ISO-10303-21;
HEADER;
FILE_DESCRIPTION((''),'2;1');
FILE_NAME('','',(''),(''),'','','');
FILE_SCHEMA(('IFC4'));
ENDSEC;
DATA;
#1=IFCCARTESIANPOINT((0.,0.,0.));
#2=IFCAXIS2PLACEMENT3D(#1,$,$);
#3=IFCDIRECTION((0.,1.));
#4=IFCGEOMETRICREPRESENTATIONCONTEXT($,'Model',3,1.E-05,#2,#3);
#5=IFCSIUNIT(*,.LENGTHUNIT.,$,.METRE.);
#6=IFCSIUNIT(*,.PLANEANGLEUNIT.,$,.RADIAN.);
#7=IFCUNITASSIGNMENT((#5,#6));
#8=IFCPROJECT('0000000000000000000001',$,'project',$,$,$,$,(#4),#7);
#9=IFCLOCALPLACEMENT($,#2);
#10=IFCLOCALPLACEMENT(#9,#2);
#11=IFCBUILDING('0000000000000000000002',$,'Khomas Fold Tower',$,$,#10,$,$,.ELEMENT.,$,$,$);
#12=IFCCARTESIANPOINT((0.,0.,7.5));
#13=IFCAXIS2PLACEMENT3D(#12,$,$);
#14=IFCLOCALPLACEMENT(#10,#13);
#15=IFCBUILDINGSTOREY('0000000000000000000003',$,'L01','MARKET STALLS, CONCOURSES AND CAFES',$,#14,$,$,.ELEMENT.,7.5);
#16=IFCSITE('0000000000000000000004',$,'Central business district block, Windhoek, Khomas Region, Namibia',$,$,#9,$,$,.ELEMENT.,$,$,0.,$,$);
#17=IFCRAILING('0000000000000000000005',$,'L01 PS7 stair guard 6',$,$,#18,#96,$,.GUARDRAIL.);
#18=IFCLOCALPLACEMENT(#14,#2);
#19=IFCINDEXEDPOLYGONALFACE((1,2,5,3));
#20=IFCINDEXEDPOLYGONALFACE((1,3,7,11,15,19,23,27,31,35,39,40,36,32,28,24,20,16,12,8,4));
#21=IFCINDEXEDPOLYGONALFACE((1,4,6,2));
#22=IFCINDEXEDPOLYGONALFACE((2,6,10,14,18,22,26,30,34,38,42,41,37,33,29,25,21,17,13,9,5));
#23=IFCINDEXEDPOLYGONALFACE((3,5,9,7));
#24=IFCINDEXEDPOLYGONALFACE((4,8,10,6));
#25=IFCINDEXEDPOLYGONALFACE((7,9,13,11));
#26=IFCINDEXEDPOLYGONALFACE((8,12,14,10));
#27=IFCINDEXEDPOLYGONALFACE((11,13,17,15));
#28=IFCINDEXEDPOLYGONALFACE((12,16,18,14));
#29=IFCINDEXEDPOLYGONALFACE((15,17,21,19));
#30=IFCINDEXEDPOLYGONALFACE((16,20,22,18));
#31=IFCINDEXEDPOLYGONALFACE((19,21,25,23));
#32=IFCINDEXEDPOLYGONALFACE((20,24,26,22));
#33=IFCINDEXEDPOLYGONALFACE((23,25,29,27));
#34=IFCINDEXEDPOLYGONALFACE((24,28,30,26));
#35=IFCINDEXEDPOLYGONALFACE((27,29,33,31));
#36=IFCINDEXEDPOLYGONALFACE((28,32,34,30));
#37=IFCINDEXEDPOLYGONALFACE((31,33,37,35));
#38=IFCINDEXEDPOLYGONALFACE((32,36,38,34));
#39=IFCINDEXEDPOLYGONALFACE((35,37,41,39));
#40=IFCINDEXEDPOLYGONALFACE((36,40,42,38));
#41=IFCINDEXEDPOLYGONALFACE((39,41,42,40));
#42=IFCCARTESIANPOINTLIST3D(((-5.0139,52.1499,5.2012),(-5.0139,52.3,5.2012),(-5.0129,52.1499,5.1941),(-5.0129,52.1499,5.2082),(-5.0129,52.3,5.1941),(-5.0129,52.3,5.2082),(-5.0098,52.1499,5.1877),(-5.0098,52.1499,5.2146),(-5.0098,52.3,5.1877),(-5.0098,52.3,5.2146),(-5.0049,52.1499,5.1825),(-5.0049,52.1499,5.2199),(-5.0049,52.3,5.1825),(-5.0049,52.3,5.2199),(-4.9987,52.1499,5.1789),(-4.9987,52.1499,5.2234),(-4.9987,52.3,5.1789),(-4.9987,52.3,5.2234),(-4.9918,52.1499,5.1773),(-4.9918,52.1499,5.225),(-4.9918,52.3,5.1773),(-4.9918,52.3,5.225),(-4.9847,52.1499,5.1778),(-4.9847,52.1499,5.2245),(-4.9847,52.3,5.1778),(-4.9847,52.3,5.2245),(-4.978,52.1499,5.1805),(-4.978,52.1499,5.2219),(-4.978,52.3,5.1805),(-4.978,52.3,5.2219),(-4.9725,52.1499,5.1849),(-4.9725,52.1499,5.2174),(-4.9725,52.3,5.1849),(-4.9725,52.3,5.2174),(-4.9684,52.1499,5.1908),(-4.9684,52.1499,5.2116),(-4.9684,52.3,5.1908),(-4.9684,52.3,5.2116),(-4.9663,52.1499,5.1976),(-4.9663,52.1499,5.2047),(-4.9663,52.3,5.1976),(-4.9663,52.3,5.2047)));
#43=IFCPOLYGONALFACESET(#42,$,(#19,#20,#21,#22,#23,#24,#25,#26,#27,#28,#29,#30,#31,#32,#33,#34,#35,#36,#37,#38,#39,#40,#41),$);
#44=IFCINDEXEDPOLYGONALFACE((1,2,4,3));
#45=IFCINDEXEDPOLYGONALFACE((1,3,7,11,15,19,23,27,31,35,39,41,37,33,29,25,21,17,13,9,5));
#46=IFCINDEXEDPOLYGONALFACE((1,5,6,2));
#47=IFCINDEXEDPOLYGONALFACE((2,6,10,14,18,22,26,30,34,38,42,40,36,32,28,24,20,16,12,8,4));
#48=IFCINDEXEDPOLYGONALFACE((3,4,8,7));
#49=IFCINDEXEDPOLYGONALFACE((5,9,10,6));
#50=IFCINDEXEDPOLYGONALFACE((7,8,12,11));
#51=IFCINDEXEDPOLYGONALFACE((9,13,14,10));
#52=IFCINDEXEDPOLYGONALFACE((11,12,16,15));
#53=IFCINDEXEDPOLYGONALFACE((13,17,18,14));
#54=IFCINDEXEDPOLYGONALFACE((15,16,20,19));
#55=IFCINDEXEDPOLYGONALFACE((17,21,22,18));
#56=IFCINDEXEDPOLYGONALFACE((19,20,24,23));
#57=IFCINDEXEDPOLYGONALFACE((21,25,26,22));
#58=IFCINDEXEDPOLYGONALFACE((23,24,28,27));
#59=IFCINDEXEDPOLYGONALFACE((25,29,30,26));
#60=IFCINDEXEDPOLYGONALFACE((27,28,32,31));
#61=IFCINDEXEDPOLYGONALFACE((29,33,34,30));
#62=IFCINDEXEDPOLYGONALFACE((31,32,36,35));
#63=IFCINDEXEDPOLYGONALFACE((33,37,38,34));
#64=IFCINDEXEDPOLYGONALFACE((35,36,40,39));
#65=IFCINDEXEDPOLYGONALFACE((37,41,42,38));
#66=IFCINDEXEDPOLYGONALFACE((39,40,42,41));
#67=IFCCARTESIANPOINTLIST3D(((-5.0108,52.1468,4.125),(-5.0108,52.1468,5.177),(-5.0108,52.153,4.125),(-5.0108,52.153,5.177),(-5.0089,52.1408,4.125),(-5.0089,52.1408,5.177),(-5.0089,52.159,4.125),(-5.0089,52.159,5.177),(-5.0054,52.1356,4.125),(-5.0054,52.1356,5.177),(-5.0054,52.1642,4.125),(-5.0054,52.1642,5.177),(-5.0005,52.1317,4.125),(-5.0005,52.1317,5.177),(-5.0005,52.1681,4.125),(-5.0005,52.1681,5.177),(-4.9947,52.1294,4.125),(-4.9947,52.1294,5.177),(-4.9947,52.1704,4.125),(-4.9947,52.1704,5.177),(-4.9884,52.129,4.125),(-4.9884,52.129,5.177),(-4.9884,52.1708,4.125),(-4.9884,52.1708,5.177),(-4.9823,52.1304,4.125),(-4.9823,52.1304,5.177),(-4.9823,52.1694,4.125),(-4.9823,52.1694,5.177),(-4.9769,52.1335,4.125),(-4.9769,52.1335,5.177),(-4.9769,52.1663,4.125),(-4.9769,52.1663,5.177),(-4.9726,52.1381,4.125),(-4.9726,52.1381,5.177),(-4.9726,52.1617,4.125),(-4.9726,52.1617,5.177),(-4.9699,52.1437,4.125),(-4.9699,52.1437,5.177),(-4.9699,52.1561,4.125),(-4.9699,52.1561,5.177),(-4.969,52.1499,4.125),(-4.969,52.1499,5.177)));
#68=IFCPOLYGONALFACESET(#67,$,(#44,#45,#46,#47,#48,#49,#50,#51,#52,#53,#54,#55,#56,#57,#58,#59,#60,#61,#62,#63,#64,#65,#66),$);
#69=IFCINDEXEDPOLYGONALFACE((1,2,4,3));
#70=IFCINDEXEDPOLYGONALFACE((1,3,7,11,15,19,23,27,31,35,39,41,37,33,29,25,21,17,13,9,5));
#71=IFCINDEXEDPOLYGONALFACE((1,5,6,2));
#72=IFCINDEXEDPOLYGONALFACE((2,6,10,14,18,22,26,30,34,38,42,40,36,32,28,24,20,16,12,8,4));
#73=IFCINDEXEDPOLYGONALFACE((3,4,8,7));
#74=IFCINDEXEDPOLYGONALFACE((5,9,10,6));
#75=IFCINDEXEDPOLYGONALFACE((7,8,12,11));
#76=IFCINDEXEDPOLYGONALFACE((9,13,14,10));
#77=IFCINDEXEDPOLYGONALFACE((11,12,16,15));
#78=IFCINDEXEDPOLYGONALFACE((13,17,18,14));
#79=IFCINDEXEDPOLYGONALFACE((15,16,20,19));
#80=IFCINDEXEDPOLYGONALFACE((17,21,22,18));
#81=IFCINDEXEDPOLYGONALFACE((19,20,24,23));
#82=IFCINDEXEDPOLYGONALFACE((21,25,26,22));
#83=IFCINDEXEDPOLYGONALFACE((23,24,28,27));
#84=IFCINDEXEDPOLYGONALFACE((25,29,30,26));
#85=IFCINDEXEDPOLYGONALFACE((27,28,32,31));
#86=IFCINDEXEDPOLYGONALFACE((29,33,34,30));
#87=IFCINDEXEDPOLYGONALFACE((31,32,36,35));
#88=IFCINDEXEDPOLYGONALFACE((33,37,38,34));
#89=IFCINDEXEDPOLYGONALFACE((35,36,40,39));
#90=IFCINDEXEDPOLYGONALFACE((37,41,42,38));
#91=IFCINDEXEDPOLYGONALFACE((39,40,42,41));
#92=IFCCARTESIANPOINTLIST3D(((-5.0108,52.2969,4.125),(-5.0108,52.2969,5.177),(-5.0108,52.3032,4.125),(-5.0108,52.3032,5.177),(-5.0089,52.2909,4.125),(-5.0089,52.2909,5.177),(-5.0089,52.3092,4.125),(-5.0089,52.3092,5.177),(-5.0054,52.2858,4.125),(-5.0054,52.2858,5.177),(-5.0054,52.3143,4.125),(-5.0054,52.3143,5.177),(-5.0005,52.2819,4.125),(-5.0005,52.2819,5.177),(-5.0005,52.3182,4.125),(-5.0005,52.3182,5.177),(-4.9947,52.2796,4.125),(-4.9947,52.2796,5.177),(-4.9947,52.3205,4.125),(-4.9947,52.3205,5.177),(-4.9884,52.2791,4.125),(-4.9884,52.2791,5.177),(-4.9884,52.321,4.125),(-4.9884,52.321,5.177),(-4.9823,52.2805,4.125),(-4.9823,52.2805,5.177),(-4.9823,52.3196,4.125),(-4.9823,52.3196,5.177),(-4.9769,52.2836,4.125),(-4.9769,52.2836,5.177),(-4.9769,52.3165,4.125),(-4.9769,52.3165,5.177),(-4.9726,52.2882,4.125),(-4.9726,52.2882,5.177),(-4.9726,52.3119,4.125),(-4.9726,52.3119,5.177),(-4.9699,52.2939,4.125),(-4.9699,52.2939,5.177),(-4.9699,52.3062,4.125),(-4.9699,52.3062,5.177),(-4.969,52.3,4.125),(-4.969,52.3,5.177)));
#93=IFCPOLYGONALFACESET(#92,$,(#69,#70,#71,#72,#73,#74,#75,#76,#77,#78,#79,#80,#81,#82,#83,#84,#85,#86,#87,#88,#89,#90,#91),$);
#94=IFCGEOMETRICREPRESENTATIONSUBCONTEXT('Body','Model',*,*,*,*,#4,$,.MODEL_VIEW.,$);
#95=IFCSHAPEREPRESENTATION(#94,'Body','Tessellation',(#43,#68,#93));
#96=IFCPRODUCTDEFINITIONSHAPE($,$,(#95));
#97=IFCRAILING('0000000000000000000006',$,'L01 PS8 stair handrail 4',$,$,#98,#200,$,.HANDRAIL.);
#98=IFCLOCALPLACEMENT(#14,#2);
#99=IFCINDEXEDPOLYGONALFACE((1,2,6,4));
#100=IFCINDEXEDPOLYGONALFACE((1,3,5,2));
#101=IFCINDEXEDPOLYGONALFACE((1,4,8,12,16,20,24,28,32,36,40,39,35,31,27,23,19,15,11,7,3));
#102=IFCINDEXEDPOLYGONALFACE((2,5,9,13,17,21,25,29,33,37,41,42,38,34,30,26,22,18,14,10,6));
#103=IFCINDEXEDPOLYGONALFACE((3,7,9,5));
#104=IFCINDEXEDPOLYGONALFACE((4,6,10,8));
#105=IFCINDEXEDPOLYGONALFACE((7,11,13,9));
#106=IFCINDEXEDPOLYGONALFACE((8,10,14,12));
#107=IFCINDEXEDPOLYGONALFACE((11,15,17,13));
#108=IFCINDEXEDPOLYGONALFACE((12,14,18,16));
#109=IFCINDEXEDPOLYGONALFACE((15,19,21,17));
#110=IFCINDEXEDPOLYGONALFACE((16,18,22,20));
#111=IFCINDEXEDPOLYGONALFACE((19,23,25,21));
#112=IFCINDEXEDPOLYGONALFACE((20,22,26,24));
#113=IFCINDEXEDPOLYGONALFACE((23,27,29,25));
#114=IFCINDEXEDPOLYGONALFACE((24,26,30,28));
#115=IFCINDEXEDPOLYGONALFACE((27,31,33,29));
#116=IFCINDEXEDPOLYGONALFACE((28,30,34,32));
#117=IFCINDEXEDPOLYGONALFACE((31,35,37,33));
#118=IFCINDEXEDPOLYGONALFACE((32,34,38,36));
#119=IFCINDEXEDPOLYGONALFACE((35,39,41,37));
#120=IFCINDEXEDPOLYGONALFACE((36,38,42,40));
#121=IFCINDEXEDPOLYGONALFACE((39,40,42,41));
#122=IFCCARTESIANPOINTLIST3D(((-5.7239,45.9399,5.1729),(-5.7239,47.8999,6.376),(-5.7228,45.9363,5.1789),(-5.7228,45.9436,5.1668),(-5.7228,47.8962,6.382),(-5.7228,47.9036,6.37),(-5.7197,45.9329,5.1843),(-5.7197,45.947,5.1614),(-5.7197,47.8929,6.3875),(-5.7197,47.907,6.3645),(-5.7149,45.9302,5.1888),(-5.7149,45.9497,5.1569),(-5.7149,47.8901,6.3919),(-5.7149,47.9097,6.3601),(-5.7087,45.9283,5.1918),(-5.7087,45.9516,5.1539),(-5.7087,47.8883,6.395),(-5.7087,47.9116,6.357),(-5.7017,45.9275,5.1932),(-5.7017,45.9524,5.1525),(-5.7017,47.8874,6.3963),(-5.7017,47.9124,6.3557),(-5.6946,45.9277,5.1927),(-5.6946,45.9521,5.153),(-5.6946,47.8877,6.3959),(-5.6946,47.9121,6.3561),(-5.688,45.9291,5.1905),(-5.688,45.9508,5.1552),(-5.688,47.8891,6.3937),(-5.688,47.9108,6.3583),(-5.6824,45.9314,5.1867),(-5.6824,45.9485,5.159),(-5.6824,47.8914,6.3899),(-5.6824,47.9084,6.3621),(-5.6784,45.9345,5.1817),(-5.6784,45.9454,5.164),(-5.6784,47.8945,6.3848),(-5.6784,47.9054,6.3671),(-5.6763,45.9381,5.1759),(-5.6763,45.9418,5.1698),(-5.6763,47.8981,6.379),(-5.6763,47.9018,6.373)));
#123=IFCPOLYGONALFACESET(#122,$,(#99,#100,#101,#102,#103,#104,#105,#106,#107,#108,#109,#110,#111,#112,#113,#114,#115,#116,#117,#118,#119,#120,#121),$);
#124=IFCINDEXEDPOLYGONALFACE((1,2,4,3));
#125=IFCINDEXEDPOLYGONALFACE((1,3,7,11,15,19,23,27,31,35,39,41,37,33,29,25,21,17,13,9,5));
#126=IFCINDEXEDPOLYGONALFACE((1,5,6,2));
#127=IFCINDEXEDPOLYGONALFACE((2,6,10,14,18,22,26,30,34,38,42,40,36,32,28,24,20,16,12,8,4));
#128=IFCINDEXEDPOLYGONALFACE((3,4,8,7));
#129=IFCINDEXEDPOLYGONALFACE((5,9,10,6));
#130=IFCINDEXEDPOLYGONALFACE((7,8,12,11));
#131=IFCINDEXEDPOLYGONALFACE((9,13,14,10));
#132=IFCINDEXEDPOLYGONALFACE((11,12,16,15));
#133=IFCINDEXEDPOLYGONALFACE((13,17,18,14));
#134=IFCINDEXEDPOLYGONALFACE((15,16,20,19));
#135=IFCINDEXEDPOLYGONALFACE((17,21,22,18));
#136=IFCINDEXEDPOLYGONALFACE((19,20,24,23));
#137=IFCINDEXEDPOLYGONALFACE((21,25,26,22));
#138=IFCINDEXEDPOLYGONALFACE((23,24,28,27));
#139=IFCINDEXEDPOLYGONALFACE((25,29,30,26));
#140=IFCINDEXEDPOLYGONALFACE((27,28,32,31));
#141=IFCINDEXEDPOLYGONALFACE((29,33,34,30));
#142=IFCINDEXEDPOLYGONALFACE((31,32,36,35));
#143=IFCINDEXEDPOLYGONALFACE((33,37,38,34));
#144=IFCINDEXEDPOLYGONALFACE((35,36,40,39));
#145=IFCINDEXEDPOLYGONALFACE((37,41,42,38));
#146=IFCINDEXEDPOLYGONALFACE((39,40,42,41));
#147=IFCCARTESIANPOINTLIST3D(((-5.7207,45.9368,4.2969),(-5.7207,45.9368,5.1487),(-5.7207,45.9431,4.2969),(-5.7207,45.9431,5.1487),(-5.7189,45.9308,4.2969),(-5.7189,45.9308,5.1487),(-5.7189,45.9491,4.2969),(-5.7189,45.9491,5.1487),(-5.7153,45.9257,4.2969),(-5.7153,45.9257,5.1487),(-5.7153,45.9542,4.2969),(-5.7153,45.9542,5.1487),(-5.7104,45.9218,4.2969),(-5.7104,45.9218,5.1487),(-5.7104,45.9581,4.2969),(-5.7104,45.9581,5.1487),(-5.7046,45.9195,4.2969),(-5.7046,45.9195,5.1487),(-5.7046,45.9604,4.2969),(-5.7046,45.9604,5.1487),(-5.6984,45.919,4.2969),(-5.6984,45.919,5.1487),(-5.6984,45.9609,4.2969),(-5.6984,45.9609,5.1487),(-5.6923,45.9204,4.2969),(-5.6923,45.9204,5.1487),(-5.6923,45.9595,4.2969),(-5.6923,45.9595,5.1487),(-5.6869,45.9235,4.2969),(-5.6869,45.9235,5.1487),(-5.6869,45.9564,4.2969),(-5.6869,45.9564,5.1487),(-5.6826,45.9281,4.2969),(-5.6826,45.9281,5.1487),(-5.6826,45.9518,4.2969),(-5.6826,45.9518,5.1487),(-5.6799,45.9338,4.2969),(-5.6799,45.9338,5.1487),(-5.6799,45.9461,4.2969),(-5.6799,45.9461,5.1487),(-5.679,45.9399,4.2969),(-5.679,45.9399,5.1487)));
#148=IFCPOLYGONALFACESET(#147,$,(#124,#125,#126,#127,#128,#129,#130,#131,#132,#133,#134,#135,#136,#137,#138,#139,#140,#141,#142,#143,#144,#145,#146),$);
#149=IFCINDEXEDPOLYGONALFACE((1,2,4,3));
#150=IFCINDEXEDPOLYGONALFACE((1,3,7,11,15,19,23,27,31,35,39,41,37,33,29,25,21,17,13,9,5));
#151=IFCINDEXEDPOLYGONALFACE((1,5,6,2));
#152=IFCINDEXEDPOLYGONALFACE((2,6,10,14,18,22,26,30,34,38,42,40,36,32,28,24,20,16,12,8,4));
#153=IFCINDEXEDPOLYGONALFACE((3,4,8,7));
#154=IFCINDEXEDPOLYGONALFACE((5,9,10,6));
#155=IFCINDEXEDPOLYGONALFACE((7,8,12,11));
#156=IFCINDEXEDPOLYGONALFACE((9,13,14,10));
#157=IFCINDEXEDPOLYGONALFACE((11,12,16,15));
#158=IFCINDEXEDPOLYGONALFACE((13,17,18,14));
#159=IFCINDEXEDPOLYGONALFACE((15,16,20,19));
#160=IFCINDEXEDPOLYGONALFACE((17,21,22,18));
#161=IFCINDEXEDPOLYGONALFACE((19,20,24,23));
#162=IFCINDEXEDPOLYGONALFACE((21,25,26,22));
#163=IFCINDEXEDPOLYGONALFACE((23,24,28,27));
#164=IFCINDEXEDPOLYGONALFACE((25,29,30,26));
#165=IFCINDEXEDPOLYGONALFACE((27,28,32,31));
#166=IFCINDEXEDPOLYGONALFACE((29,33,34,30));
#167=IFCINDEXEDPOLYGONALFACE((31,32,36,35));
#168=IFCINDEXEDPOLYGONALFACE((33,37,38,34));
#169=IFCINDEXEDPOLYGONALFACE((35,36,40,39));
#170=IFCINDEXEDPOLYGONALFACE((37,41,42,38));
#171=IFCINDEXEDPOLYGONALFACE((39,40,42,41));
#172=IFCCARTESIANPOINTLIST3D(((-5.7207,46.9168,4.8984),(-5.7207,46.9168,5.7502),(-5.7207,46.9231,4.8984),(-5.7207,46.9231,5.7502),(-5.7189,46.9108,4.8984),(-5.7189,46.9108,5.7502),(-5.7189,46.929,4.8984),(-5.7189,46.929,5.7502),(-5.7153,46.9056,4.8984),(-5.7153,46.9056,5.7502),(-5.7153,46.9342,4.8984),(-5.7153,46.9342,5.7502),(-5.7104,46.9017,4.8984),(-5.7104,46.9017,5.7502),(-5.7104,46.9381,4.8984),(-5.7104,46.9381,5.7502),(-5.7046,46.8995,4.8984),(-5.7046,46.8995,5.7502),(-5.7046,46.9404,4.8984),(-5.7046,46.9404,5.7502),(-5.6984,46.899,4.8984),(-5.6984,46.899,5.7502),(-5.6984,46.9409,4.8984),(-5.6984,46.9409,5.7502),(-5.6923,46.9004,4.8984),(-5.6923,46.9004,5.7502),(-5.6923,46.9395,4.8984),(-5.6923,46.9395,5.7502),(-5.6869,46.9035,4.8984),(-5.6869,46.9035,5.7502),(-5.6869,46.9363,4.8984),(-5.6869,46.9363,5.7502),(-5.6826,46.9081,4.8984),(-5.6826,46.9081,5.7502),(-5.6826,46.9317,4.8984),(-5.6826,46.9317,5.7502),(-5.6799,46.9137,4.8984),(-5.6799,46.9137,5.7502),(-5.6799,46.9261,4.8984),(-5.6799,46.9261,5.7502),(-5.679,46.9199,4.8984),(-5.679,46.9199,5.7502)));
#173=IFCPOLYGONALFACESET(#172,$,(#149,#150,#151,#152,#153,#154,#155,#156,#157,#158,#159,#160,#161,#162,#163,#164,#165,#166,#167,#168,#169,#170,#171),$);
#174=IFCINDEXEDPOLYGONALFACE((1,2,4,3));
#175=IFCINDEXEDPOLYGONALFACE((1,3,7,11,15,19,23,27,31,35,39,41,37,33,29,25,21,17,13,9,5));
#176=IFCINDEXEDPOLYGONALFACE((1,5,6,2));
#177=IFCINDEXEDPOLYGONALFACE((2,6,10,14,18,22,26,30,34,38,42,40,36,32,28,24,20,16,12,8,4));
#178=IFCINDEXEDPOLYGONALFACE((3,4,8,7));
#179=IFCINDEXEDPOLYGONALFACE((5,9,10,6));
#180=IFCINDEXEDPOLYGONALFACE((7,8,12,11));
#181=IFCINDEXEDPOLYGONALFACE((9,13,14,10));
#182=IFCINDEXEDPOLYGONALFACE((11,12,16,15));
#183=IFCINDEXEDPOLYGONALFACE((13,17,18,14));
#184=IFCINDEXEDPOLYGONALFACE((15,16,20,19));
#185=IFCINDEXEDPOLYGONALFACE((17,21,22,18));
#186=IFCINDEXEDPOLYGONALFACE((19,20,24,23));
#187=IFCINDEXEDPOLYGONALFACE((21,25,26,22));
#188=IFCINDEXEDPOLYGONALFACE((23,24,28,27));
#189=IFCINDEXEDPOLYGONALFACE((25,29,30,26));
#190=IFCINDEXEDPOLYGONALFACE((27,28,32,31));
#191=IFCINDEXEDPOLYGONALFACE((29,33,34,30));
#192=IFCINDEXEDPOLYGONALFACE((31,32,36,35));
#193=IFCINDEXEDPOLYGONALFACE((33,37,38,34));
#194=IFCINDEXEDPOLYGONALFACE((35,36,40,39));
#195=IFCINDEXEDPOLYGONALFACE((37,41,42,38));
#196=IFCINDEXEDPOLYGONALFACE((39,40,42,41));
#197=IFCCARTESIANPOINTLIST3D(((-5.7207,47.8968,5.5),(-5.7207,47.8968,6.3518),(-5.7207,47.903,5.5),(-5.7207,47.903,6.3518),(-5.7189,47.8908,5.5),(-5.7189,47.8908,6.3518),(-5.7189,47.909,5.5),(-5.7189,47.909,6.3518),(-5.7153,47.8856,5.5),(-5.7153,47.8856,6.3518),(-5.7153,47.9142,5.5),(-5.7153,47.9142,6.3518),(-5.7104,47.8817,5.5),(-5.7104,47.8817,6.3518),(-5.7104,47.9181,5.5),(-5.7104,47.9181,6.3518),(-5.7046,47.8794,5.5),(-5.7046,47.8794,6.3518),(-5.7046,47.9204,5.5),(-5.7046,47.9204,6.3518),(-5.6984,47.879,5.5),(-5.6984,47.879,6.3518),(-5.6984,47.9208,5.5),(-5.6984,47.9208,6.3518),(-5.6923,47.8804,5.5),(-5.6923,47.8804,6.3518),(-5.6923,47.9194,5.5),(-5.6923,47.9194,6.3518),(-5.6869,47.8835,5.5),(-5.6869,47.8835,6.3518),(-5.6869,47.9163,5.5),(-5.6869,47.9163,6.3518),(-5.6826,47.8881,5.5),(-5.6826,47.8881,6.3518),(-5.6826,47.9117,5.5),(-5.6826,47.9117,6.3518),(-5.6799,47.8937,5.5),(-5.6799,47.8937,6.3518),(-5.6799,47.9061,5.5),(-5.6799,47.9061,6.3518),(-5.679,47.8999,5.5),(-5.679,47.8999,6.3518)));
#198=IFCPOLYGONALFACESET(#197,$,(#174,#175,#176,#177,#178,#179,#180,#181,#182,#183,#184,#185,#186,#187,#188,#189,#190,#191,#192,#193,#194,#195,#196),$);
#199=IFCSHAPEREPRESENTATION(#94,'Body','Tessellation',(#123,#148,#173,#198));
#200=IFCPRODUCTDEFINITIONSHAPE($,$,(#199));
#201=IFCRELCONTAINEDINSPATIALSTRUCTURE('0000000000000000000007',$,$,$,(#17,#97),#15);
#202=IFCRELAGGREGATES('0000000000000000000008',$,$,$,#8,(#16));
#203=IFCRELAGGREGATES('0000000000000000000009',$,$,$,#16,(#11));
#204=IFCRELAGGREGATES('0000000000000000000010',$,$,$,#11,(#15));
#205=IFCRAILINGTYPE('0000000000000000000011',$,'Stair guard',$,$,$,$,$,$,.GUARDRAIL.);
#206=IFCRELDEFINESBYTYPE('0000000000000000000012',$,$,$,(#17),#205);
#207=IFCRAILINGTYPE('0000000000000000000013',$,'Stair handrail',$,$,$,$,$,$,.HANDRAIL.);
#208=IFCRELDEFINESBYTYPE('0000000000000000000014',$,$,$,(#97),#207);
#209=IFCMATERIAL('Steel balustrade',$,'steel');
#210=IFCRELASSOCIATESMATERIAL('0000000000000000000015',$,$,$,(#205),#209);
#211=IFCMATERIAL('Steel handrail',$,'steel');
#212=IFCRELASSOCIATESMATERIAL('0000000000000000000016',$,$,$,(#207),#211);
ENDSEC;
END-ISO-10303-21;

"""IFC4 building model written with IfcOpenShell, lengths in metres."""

from ifc_helpers import new_model, si_unit, direction, frame, origin, origin_2d, place, context, subcontext, project, spatial, circle, extrude, source, transform, mapped, material, type_object, element, save


model = new_model("IFC4")

# Units and contexts
model_context = context("Model", 3, precision=1e-05, world=origin(), true_north=direction((0.0, 1.0)))
body_context = subcontext(model_context, "Body", "Model", "MODEL_VIEW")
ifc_project = project(units=[si_unit("LENGTHUNIT", "METRE"), si_unit("PLANEANGLEUNIT", "RADIAN")], contexts=[model_context])

# Site, building, storey
site_placement = place(None, origin())
site = spatial("IfcSite", under=ifc_project, at=site_placement, Name="Central business district block, Windhoek, Khomas Region, Namibia", CompositionType="ELEMENT", RefElevation=0.0)
building_placement = place(site_placement, origin())
building = spatial("IfcBuilding", under=site, at=building_placement, Name="Khomas Fold Tower", CompositionType="ELEMENT")
storey_placement = place(building_placement, frame((0.0, 0.0, 7.5)))
storey = spatial("IfcBuildingStorey", under=building, at=storey_placement, Name="L01", Description="MARKET STALLS, CONCOURSES AND CAFES", CompositionType="ELEMENT", Elevation=7.5)

# Railings
ifc_material_1 = material(Name="Steel balustrade", Category="steel")
railing_type_1 = type_object("IfcRailingType", Name="Stair guard", PredefinedType="GUARDRAIL", material=ifc_material_1)
ifc_material_2 = material(Name="Steel handrail", Category="steel")
railing_type_2 = type_object("IfcRailingType", Name="Stair handrail", PredefinedType="HANDRAIL", material=ifc_material_2)
shared_shape_1 = source(origin(), body_context, "Body", "SweptSolid", [
    extrude(circle(Radius=0.0239, at=origin_2d()), frame((0.0, 0.0, 1.0762), z_axis=(0.0, 1.0, 0.0), x_axis=(-1.0, 0.0, 0.0)), (0.0, 0.0, 1.0), 0.1501),
    extrude(circle(Radius=0.021, at=origin_2d()), origin(), (0.0, 0.0, 1.0), 1.052),
    extrude(circle(Radius=0.021, at=origin_2d()), frame((0.0, 0.1501, 0.0)), (0.0, 0.0, 1.0), 1.052),
])
for number, where, name in (
    (1, (-4.99, 52.1499, 4.125), "L01 PS7 stair guard 6"),
):
    element("IfcRailing", number, at=place(storey_placement, frame(where)), inside=storey, type_object=railing_type_1, Name=name, PredefinedType="GUARDRAIL", context=body_context, shape_type="MappedRepresentation", body=[
        mapped(shared_shape_1, transform((0.0, 0.0, 0.0))),
    ])
shared_shape_2 = source(origin(), body_context, "Body", "SweptSolid", [
    extrude(circle(Radius=0.0239, at=origin_2d()), frame((0.0, 0.0, 0.876), z_axis=(0.0, 0.852241, 0.523149), x_axis=(-1.0, 0.0, 0.0)), (0.0, 0.0, 1.0), 2.2998),
    extrude(circle(Radius=0.021, at=origin_2d()), origin(), (0.0, 0.0, 1.0), 0.8518),
    extrude(circle(Radius=0.021, at=origin_2d()), frame((0.0, 0.98, 0.6016)), (0.0, 0.0, 1.0), 0.8518),
    extrude(circle(Radius=0.021, at=origin_2d()), frame((0.0, 1.96, 1.2031)), (0.0, 0.0, 1.0), 0.8518),
])
railing_placement = place(storey_placement, frame((-5.7, 45.9399, 4.2969)))
element("IfcRailing", 2, at=railing_placement, inside=storey, type_object=railing_type_2, Name="L01 PS8 stair handrail 4", PredefinedType="HANDRAIL", context=body_context, shape_type="MappedRepresentation", body=[
    mapped(shared_shape_2, transform((0.0, 0.0, 0.0))),
])

save(model, "model.ifc")
